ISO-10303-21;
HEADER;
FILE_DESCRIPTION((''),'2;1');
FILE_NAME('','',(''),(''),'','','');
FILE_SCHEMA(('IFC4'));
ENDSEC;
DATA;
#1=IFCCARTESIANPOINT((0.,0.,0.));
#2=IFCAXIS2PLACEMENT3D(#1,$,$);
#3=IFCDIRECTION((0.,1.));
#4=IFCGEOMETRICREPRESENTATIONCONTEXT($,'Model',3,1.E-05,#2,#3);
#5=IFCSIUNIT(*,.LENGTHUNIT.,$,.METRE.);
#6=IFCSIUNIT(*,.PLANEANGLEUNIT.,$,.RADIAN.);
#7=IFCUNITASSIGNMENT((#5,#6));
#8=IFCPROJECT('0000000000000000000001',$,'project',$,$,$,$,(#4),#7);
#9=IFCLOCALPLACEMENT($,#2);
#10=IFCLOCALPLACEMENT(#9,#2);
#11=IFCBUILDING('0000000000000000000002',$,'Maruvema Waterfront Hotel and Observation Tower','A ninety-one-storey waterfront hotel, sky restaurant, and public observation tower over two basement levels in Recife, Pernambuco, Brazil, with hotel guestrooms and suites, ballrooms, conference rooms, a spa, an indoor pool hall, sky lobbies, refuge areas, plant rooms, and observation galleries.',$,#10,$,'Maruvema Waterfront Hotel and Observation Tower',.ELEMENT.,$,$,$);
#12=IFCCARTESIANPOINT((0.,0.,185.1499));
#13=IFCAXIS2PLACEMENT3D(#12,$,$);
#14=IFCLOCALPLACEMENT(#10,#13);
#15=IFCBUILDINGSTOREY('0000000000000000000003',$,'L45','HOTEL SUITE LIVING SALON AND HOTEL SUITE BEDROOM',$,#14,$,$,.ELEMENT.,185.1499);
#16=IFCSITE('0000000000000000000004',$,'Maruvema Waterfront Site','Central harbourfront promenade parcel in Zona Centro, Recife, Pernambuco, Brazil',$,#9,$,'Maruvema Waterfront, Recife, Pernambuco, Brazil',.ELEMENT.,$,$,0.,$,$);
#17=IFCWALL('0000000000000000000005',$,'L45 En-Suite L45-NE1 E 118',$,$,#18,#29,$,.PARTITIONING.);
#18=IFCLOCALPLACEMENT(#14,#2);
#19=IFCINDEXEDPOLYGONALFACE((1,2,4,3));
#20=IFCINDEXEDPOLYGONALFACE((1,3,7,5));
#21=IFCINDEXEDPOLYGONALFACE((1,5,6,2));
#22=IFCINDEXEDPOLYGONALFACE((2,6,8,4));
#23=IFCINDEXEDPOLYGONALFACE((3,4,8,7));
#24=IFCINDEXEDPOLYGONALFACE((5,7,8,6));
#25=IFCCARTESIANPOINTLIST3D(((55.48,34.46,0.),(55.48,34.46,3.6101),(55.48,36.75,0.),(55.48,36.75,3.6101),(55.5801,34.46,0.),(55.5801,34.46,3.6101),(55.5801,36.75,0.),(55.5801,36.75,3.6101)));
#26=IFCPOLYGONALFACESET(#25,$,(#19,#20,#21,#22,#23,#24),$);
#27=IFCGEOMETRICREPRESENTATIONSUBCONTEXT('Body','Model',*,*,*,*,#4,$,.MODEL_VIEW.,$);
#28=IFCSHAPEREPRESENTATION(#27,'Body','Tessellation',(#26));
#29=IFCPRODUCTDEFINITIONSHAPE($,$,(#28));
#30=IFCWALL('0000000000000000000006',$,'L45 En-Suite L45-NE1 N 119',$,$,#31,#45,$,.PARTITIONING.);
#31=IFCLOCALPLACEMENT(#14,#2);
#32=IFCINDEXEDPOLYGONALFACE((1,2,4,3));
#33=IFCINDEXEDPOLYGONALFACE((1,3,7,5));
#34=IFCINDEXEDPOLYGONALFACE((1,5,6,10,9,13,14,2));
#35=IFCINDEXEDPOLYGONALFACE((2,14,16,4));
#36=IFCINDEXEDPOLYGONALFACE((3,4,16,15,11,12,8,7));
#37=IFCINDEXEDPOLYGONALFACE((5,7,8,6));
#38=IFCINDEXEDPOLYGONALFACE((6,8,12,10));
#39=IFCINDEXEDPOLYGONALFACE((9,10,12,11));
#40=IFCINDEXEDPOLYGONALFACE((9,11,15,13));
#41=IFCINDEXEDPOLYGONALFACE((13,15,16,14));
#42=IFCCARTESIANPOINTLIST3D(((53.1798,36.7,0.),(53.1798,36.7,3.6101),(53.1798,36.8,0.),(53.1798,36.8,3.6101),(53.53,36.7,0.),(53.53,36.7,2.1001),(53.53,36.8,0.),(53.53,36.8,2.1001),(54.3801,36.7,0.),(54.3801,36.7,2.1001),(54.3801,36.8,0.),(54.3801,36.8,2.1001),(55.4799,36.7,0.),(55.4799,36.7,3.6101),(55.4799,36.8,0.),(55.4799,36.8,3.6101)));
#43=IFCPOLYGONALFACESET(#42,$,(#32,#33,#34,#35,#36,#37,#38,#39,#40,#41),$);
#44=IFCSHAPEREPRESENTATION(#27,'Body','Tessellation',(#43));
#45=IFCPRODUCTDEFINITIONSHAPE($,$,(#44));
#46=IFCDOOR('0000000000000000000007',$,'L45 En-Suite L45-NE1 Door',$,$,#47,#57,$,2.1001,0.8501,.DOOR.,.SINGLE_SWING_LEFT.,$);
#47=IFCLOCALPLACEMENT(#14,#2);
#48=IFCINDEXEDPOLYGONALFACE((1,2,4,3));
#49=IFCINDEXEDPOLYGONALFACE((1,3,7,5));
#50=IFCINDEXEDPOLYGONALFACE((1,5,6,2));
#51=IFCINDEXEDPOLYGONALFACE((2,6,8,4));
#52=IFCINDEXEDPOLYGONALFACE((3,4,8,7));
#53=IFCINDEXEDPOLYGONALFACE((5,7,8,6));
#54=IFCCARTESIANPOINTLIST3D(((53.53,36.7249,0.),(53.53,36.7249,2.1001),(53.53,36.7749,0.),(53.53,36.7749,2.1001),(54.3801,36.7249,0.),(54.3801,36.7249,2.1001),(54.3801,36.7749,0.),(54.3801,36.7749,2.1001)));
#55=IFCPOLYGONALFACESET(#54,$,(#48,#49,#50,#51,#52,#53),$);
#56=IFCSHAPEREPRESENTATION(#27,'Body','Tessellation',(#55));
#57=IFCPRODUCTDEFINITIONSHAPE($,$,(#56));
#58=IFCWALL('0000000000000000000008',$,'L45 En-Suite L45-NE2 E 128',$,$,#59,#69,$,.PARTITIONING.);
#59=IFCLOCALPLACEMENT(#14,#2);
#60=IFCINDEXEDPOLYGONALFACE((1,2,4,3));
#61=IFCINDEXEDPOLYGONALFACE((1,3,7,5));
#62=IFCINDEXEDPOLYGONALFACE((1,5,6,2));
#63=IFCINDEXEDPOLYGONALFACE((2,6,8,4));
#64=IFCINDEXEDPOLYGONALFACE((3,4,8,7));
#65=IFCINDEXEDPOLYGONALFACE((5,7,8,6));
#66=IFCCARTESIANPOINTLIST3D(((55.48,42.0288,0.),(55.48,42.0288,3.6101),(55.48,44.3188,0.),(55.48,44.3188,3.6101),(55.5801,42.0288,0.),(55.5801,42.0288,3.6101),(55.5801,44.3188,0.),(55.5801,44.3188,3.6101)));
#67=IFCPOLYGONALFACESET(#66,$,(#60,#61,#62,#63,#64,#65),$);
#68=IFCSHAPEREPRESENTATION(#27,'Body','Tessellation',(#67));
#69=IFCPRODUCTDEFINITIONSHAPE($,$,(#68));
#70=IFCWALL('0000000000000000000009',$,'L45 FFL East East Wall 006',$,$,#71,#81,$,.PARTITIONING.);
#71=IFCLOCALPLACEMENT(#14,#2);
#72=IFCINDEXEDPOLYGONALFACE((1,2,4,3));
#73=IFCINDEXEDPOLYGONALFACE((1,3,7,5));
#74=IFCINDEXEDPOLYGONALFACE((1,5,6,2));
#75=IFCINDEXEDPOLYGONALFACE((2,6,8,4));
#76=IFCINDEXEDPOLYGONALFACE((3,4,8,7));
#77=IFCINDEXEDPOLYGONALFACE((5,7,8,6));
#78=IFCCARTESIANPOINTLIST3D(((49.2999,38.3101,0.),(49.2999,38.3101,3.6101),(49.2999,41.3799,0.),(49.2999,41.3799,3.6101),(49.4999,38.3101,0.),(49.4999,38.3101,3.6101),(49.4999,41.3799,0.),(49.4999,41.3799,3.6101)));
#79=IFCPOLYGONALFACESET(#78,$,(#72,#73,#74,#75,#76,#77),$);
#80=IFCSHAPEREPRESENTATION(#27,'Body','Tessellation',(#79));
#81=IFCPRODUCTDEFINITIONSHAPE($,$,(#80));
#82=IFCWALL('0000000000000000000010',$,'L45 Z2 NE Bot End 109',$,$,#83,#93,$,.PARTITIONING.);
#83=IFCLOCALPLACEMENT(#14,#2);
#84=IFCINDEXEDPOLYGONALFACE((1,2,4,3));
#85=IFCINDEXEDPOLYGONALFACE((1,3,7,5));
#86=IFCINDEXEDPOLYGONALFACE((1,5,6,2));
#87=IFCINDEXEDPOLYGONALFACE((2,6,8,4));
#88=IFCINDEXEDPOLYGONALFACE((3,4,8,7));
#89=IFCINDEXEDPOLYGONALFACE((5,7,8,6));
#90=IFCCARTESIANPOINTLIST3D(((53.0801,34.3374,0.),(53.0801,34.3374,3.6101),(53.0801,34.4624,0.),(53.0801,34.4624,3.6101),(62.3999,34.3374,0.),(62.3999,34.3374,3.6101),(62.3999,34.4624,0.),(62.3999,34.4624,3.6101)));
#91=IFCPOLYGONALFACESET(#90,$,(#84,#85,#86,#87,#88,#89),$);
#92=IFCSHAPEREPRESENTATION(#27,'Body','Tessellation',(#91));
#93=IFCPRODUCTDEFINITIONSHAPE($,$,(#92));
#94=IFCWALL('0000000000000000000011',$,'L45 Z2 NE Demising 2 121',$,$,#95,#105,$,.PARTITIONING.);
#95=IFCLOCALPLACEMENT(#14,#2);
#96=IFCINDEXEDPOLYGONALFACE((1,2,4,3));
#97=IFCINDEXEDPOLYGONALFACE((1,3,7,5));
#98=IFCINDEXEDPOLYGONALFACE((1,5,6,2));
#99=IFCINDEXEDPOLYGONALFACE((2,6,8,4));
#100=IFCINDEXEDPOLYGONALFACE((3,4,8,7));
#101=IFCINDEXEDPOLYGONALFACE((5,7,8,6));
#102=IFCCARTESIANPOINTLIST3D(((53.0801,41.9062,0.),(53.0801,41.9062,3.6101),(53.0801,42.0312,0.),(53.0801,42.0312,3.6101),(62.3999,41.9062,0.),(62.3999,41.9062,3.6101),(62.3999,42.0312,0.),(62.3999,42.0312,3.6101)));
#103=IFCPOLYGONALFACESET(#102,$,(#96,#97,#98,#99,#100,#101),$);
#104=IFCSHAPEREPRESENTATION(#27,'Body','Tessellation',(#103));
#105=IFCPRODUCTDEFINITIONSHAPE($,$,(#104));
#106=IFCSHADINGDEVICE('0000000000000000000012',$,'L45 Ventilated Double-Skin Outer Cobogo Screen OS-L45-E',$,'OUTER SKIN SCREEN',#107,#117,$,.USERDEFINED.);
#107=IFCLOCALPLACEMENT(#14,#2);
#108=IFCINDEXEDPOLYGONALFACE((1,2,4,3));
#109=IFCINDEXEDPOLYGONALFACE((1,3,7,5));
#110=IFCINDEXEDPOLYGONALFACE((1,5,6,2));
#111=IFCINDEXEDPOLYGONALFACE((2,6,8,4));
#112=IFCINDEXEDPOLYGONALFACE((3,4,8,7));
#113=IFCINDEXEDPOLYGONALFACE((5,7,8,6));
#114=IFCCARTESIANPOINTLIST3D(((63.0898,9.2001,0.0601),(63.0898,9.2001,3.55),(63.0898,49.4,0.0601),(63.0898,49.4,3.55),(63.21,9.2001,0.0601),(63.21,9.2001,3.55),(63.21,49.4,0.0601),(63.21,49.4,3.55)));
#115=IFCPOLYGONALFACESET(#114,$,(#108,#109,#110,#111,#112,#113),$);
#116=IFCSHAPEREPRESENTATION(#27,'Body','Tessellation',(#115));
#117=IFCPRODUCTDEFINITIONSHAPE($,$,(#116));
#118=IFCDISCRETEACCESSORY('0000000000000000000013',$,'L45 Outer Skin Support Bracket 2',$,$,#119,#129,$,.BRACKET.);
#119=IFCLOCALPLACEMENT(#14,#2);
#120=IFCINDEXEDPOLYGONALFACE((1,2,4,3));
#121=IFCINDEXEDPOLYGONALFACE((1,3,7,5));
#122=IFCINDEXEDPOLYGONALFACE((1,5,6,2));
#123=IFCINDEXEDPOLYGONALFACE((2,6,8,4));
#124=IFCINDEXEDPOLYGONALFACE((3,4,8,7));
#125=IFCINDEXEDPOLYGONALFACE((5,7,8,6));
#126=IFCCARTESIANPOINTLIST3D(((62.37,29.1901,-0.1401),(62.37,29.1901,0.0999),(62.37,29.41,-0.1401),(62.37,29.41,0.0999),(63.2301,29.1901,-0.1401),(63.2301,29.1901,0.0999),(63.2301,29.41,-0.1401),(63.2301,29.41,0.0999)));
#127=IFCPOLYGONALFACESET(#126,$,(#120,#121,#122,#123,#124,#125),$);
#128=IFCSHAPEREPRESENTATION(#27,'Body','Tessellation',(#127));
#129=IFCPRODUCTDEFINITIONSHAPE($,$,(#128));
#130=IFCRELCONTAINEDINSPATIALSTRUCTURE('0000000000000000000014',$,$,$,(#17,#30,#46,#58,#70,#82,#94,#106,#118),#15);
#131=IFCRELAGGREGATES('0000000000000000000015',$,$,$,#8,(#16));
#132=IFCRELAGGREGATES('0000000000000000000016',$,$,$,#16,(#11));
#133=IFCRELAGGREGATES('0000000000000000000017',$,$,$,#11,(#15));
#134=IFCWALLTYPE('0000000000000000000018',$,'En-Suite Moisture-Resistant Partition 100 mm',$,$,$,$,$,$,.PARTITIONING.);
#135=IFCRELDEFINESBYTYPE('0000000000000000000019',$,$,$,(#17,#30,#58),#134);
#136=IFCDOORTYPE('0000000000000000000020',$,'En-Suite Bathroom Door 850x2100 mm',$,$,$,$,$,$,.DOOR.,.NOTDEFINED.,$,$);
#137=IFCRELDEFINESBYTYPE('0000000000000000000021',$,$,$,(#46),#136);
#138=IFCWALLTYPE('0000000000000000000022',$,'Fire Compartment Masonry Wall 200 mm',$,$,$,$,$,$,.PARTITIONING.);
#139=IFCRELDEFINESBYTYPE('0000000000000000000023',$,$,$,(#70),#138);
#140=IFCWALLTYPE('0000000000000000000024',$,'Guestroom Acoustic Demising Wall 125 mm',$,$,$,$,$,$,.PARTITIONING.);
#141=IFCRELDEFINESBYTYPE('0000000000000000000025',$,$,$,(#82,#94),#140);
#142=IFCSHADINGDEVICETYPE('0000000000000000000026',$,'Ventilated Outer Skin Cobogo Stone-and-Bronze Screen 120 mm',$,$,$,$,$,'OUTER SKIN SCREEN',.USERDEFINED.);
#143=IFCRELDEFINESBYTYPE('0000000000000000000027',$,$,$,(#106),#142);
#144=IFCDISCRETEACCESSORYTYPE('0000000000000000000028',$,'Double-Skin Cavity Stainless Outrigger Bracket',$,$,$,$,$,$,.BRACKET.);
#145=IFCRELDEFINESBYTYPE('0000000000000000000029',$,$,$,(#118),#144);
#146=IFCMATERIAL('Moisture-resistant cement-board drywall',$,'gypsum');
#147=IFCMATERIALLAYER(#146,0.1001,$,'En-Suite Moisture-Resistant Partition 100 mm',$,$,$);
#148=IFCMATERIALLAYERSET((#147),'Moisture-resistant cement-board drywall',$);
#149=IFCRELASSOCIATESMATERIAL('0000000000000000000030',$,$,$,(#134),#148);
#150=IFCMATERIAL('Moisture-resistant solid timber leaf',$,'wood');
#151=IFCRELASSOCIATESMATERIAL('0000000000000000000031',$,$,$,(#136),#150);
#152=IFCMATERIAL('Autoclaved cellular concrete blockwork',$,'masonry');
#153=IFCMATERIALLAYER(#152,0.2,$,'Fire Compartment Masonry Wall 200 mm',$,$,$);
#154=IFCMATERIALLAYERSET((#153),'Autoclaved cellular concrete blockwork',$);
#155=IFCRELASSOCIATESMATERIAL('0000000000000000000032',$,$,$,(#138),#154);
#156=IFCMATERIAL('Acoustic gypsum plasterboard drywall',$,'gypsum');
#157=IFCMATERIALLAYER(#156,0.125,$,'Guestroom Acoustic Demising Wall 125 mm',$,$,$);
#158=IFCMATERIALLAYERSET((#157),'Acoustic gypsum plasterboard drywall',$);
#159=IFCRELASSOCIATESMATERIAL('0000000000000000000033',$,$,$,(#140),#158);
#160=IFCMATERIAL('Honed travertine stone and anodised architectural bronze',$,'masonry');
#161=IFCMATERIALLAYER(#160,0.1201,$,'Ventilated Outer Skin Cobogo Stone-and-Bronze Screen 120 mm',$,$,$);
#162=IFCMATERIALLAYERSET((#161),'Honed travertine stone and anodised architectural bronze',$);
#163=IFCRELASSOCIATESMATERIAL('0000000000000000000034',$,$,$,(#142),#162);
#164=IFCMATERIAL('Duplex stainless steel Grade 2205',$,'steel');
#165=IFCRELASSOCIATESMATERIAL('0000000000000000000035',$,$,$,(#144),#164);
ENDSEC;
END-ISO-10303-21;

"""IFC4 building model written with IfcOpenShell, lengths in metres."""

from ifc_helpers import new_model, si_unit, direction, frame, frame_2d, origin, origin_2d, place, context, subcontext, project, spatial, rectangle, extrude, material, layer, layer_set, type_object, element, fill, save


model = new_model("IFC4")

# Units and contexts
model_context = context("Model", 3, precision=1e-05, world=origin(), true_north=direction((0.0, 1.0)))
body_context = subcontext(model_context, "Body", "Model", "MODEL_VIEW")
ifc_project = project(units=[si_unit("LENGTHUNIT", "METRE"), si_unit("PLANEANGLEUNIT", "RADIAN")], contexts=[model_context])

# Site, building, storey
site_placement = place(None, origin())
site = spatial("IfcSite", under=ifc_project, at=site_placement, Name="Maruvema Waterfront Site", Description="Central harbourfront promenade parcel in Zona Centro, Recife, Pernambuco, Brazil", LongName="Maruvema Waterfront, Recife, Pernambuco, Brazil", CompositionType="ELEMENT", RefElevation=0.0)
building_placement = place(site_placement, origin())
building = spatial("IfcBuilding", under=site, at=building_placement, Name="Maruvema Waterfront Hotel and Observation Tower", Description="A ninety-one-storey waterfront hotel, sky restaurant, and public observation tower over two basement levels in Recife, Pernambuco, Brazil, with hotel guestrooms and suites, ballrooms, conference rooms, a spa, an indoor pool hall, sky lobbies, refuge areas, plant rooms, and observation galleries.", LongName="Maruvema Waterfront Hotel and Observation Tower", CompositionType="ELEMENT")
storey_placement = place(building_placement, frame((0.0, 0.0, 185.1499)))
storey = spatial("IfcBuildingStorey", under=building, at=storey_placement, Name="L45", Description="HOTEL SUITE LIVING SALON AND HOTEL SUITE BEDROOM", CompositionType="ELEMENT", Elevation=185.1499)

# Wall
ifc_material_1 = material(Name="Moisture-resistant cement-board drywall", Category="gypsum")
ifc_layer_1 = layer(ifc_material_1, 0.1001, Name="En-Suite Moisture-Resistant Partition 100 mm")
ifc_layer_set_1 = layer_set([ifc_layer_1], Name="Moisture-resistant cement-board drywall")
wall_type_1 = type_object("IfcWallType", Name="En-Suite Moisture-Resistant Partition 100 mm", PredefinedType="PARTITIONING", material=ifc_layer_set_1)
wall_1_placement = place(storey_placement, frame((55.53, 34.46, 0.0), z_axis=(0.0, 0.0, 1.0), x_axis=(0.0, 1.0, 0.0)))
element("IfcWall", 1, at=wall_1_placement, inside=storey, type_object=wall_type_1, Name="L45 En-Suite L45-NE1 E 118", PredefinedType="PARTITIONING", context=body_context, shape_type="SweptSolid", body=[
    extrude(rectangle(XDim=2.29, YDim=0.1001, at=frame_2d((1.145, 0.0))), origin(), (0.0, 0.0, 1.0), 3.6101),
])

# Wall, opening, door
wall_2_placement = place(storey_placement, frame((53.1799, 36.75, 0.0), z_axis=(0.0, 0.0, 1.0), x_axis=(1.0, 0.0, 0.0)))
wall_2 = element("IfcWall", 2, at=wall_2_placement, inside=storey, type_object=wall_type_1, Name="L45 En-Suite L45-NE1 N 119", PredefinedType="PARTITIONING", context=body_context, shape_type="SweptSolid", body=[
    extrude(rectangle(XDim=2.3, YDim=0.1001, at=frame_2d((1.1499, 0.0))), origin(), (0.0, 0.0, 1.0), 3.6101),
])
opening_1_placement = place(wall_2_placement, frame((0.3501, 0.0, 0.0)))
opening_1 = element("IfcOpeningElement", 3, at=opening_1_placement, cuts=wall_2, PredefinedType="OPENING", context=body_context, shape_type="SweptSolid", body=[
    extrude(rectangle(XDim=0.8501, YDim=2.1001, at=frame_2d((0.425, 1.05))), frame((0.0, 0.0601, 0.0), z_axis=(0.0, -1.0, 0.0), x_axis=(1.0, 0.0, 0.0)), (0.0, 0.0, 1.0), 0.1201),
])
ifc_material_2 = material(Name="Moisture-resistant solid timber leaf", Category="wood")
door_type_1 = type_object("IfcDoorType", Name="En-Suite Bathroom Door 850x2100 mm", OperationType="NOTDEFINED", PredefinedType="DOOR", material=ifc_material_2)
door_1_placement = place(opening_1_placement, origin())
door_1 = element("IfcDoor", 4, at=door_1_placement, inside=storey, type_object=door_type_1, Name="L45 En-Suite L45-NE1 Door", OperationType="SINGLE_SWING_LEFT", OverallHeight=2.1001, OverallWidth=0.8501, PredefinedType="DOOR", context=body_context, shape_type="SweptSolid", body=[
    extrude(rectangle(XDim=0.8501, YDim=2.1001, at=frame_2d((0.425, 1.05))), frame((0.0, 0.0249, 0.0), z_axis=(0.0, -1.0, 0.0), x_axis=(1.0, 0.0, 0.0)), (0.0, 0.0, 1.0), 0.05),
])
fill(opening_1, door_1)

# Walls
wall_3_placement = place(storey_placement, frame((55.53, 42.0288, 0.0), z_axis=(0.0, 0.0, 1.0), x_axis=(0.0, 1.0, 0.0)))
element("IfcWall", 5, at=wall_3_placement, inside=storey, type_object=wall_type_1, Name="L45 En-Suite L45-NE2 E 128", PredefinedType="PARTITIONING", context=body_context, shape_type="SweptSolid", body=[
    extrude(rectangle(XDim=2.29, YDim=0.1001, at=frame_2d((1.145, 0.0))), origin(), (0.0, 0.0, 1.0), 3.6101),
])
ifc_material_3 = material(Name="Autoclaved cellular concrete blockwork", Category="masonry")
ifc_layer_2 = layer(ifc_material_3, 0.2, Name="Fire Compartment Masonry Wall 200 mm")
ifc_layer_set_2 = layer_set([ifc_layer_2], Name="Autoclaved cellular concrete blockwork")
wall_type_2 = type_object("IfcWallType", Name="Fire Compartment Masonry Wall 200 mm", PredefinedType="PARTITIONING", material=ifc_layer_set_2)
wall_4_placement = place(storey_placement, frame((49.3999, 38.3101, 0.0), z_axis=(0.0, 0.0, 1.0), x_axis=(0.0, 1.0, 0.0)))
element("IfcWall", 6, at=wall_4_placement, inside=storey, type_object=wall_type_2, Name="L45 FFL East East Wall 006", PredefinedType="PARTITIONING", context=body_context, shape_type="SweptSolid", body=[
    extrude(rectangle(XDim=3.0698, YDim=0.2, at=frame_2d((1.5349, 0.0))), origin(), (0.0, 0.0, 1.0), 3.6101),
])
ifc_material_4 = material(Name="Acoustic gypsum plasterboard drywall", Category="gypsum")
ifc_layer_3 = layer(ifc_material_4, 0.125, Name="Guestroom Acoustic Demising Wall 125 mm")
ifc_layer_set_3 = layer_set([ifc_layer_3], Name="Acoustic gypsum plasterboard drywall")
wall_type_3 = type_object("IfcWallType", Name="Guestroom Acoustic Demising Wall 125 mm", PredefinedType="PARTITIONING", material=ifc_layer_set_3)
for number, where, z_axis, x_axis, name in (
    (7, (53.0801, 34.3999, 0.0), (0.0, 0.0, 1.0), (1.0, 0.0, 0.0), "L45 Z2 NE Bot End 109"),
    (8, (53.0801, 41.9688, 0.0), (0.0, 0.0, 1.0), (1.0, 0.0, 0.0), "L45 Z2 NE Demising 2 121"),
):
    element("IfcWall", number, at=place(storey_placement, frame(where, z_axis=z_axis, x_axis=x_axis)), inside=storey, type_object=wall_type_3, Name=name, PredefinedType="PARTITIONING", context=body_context, shape_type="SweptSolid", body=[
        extrude(rectangle(XDim=9.3198, YDim=0.125, at=frame_2d((4.6599, 0.0))), origin(), (0.0, 0.0, 1.0), 3.6101),
    ])

# Shading device
ifc_material_5 = material(Name="Honed travertine stone and anodised architectural bronze", Category="masonry")
ifc_layer_4 = layer(ifc_material_5, 0.1201, Name="Ventilated Outer Skin Cobogo Stone-and-Bronze Screen 120 mm")
ifc_layer_set_4 = layer_set([ifc_layer_4], Name="Honed travertine stone and anodised architectural bronze")
shading_device_type = type_object("IfcShadingDeviceType", Name="Ventilated Outer Skin Cobogo Stone-and-Bronze Screen 120 mm", ElementType="OUTER SKIN SCREEN", PredefinedType="USERDEFINED", material=ifc_layer_set_4)
shading_device_placement = place(storey_placement, frame((63.1499, 29.3, 0.0601), z_axis=(0.0, 0.0, 1.0), x_axis=(0.0, 1.0, 0.0)))
element("IfcShadingDevice", 9, at=shading_device_placement, inside=storey, type_object=shading_device_type, Name="L45 Ventilated Double-Skin Outer Cobogo Screen OS-L45-E", ObjectType="OUTER SKIN SCREEN", PredefinedType="USERDEFINED", context=body_context, shape_type="SweptSolid", body=[
    extrude(rectangle(XDim=40.2, YDim=0.1201, at=origin_2d()), origin(), (0.0, 0.0, 1.0), 3.49),
])

# Discrete accessory
ifc_material_6 = material(Name="Duplex stainless steel Grade 2205", Category="steel")
discrete_accessory_type = type_object("IfcDiscreteAccessoryType", Name="Double-Skin Cavity Stainless Outrigger Bracket", PredefinedType="BRACKET", material=ifc_material_6)
discrete_accessory_placement = place(storey_placement, frame((62.8, 29.3, -0.1401), z_axis=(0.0, 0.0, 1.0), x_axis=(0.0, 1.0, 0.0)))
element("IfcDiscreteAccessory", 10, at=discrete_accessory_placement, inside=storey, type_object=discrete_accessory_type, Name="L45 Outer Skin Support Bracket 2", PredefinedType="BRACKET", context=body_context, shape_type="SweptSolid", body=[
    extrude(rectangle(XDim=0.22, YDim=0.8601, at=origin_2d()), origin(), (0.0, 0.0, 1.0), 0.24),
])

save(model, "model.ifc")
